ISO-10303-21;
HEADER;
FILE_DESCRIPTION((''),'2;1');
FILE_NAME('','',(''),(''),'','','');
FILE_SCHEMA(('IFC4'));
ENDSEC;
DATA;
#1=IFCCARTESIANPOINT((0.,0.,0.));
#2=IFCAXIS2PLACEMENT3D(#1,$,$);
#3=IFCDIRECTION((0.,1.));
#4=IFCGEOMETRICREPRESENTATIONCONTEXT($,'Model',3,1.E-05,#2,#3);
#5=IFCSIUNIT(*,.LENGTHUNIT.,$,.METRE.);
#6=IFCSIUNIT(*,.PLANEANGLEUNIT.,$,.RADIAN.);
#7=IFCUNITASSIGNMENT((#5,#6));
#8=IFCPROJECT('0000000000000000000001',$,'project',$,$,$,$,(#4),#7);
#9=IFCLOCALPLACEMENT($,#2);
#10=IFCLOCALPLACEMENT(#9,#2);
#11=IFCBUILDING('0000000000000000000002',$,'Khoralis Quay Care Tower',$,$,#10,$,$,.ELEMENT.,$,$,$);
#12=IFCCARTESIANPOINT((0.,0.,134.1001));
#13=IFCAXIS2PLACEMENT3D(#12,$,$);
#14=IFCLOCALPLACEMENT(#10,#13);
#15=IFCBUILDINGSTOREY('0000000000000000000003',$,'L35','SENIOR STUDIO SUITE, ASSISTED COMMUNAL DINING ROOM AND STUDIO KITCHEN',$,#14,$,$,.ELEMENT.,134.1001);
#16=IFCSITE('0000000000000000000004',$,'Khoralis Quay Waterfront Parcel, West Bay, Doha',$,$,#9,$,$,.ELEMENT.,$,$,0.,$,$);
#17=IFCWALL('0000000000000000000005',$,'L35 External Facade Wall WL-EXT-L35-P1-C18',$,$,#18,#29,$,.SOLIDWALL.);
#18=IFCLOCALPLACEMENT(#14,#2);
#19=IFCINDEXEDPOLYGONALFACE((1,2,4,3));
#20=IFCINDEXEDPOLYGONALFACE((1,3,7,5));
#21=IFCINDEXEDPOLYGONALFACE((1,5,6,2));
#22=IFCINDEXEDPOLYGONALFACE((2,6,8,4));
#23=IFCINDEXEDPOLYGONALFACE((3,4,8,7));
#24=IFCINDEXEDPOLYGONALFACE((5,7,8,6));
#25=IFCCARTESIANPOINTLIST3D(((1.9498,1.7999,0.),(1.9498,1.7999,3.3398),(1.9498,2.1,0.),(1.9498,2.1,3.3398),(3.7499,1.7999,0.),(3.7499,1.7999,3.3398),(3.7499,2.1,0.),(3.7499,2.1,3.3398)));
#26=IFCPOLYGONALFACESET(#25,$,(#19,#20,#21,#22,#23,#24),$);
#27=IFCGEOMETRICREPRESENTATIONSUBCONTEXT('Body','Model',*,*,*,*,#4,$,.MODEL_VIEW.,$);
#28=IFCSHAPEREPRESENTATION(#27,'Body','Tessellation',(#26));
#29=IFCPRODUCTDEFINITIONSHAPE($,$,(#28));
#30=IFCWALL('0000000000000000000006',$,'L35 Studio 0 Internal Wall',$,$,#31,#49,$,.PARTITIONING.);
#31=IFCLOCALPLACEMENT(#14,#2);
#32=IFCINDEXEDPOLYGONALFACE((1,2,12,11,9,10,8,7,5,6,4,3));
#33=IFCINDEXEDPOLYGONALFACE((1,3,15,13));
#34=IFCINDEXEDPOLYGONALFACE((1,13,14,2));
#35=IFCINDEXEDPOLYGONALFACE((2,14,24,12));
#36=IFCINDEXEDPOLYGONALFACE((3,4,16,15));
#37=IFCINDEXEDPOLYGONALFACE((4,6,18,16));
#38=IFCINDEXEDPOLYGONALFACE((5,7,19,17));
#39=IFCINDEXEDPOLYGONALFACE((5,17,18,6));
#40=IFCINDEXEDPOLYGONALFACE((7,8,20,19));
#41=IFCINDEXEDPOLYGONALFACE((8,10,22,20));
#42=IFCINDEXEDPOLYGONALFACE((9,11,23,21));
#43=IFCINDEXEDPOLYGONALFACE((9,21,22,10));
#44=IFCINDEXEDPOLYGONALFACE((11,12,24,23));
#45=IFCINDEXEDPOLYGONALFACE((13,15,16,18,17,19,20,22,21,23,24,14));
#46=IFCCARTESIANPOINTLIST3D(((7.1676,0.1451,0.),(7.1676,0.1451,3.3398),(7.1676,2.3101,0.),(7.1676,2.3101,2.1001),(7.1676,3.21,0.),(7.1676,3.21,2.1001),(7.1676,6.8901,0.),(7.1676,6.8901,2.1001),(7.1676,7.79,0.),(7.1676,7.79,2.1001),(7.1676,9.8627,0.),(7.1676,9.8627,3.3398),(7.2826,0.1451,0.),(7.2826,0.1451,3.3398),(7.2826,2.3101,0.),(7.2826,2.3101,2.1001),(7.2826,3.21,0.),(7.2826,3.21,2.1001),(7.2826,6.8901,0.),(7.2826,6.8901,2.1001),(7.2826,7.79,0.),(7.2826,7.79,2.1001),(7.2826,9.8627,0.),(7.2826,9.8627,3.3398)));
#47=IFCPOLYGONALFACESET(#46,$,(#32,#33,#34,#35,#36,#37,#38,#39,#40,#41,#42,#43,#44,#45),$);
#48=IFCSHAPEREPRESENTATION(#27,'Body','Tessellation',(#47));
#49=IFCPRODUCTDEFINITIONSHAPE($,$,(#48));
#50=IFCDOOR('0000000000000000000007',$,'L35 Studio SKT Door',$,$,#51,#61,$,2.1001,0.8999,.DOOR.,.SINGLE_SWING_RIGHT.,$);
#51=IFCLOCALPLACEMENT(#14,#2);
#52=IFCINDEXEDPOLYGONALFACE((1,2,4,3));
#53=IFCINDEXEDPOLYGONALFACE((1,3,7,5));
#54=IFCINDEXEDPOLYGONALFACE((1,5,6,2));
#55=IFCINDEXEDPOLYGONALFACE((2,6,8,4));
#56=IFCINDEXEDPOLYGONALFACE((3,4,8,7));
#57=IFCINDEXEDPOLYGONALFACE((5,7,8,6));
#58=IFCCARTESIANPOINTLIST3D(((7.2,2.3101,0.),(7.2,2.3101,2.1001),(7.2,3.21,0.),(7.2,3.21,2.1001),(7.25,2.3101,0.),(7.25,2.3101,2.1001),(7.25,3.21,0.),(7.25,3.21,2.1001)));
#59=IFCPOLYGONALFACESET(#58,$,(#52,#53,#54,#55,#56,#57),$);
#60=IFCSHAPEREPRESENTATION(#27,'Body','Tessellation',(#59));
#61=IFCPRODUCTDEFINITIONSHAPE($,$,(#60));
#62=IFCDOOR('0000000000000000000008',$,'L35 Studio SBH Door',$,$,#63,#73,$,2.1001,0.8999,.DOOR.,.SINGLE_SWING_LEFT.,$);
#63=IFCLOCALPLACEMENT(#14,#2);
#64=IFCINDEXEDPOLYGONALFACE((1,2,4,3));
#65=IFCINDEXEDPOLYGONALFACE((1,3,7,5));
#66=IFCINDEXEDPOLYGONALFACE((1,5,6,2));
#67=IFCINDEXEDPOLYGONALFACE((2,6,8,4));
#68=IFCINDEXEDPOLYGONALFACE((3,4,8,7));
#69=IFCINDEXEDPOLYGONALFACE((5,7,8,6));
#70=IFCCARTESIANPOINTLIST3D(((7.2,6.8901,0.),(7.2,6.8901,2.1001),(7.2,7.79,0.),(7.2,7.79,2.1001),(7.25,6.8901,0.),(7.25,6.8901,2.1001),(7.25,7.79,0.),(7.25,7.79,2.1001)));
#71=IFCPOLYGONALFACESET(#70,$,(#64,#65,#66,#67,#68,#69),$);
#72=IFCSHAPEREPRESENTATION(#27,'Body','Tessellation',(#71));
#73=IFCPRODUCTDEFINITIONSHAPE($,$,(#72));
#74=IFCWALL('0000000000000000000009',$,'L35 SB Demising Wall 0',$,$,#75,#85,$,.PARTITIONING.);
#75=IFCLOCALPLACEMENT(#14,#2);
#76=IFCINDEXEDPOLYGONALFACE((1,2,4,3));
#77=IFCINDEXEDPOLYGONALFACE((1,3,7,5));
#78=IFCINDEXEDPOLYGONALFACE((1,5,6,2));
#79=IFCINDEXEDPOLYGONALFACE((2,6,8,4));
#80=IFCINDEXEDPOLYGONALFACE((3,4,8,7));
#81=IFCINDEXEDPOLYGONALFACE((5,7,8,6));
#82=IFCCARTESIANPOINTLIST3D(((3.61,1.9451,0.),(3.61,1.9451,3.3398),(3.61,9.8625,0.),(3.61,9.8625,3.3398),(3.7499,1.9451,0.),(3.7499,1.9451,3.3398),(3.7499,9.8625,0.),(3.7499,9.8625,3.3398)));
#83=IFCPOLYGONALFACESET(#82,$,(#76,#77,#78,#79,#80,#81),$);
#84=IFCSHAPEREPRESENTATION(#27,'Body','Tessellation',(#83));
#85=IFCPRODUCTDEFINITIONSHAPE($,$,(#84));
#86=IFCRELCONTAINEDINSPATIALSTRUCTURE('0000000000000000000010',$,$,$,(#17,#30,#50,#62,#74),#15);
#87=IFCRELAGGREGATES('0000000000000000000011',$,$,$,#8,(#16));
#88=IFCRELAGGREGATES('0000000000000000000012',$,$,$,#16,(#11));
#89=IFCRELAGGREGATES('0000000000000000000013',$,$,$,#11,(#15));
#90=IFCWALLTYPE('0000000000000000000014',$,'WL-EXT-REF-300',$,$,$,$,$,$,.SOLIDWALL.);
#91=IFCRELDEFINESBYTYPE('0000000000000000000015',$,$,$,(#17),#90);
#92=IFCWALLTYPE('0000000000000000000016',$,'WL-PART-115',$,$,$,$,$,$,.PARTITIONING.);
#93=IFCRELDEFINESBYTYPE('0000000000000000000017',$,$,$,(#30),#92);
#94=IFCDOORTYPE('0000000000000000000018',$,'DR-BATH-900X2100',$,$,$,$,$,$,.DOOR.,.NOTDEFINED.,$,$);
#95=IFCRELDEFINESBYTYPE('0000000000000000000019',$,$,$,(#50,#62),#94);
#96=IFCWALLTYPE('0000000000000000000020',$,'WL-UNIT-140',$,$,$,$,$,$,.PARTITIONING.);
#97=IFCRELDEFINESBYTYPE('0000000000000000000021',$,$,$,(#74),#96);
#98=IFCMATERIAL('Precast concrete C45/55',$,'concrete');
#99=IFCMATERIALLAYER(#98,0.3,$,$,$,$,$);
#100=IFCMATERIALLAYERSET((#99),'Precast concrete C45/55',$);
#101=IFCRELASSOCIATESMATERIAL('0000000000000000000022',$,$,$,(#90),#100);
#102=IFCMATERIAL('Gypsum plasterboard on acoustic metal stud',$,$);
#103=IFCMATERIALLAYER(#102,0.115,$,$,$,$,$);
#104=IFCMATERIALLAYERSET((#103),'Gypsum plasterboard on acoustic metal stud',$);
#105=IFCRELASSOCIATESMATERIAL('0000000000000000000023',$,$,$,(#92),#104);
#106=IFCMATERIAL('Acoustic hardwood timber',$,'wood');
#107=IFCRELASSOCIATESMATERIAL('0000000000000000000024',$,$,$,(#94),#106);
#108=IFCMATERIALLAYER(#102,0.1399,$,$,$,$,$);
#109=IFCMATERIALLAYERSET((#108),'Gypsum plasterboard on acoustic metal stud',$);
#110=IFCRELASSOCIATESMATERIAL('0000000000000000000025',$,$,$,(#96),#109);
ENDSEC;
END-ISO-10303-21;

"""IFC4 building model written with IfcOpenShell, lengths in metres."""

from ifc_helpers import new_model, si_unit, direction, frame, frame_2d, origin, place, context, subcontext, project, spatial, rectangle, extrude, source, transform, mapped, material, layer, layer_set, type_object, element, fill, save


model = new_model("IFC4")

# Units and contexts
model_context = context("Model", 3, precision=1e-05, world=origin(), true_north=direction((0.0, 1.0)))
body_context = subcontext(model_context, "Body", "Model", "MODEL_VIEW")
ifc_project = project(units=[si_unit("LENGTHUNIT", "METRE"), si_unit("PLANEANGLEUNIT", "RADIAN")], contexts=[model_context])

# Site, building, storey
site_placement = place(None, origin())
site = spatial("IfcSite", under=ifc_project, at=site_placement, Name="Khoralis Quay Waterfront Parcel, West Bay, Doha", CompositionType="ELEMENT", RefElevation=0.0)
building_placement = place(site_placement, origin())
building = spatial("IfcBuilding", under=site, at=building_placement, Name="Khoralis Quay Care Tower", CompositionType="ELEMENT")
storey_placement = place(building_placement, frame((0.0, 0.0, 134.1001)))
storey = spatial("IfcBuildingStorey", under=building, at=storey_placement, Name="L35", Description="SENIOR STUDIO SUITE, ASSISTED COMMUNAL DINING ROOM AND STUDIO KITCHEN", CompositionType="ELEMENT", Elevation=134.1001)

# Shared definitions
ifc_material_1 = material(Name="Precast concrete C45/55", Category="concrete")

# Shared definitions
ifc_layer_1 = layer(ifc_material_1, 0.3)
ifc_layer_set_1 = layer_set([ifc_layer_1], Name="Precast concrete C45/55")
wall_type_1 = type_object("IfcWallType", Name="WL-EXT-REF-300", PredefinedType="SOLIDWALL", material=ifc_layer_set_1)

# Wall
wall_1_placement = place(storey_placement, frame((1.95, 1.95, 0.0), z_axis=(0.0, 0.0, 1.0), x_axis=(1.0, 0.0, 0.0)))
element("IfcWall", 1, at=wall_1_placement, inside=storey, type_object=wall_type_1, Name="L35 External Facade Wall WL-EXT-L35-P1-C18", PredefinedType="SOLIDWALL", context=body_context, shape_type="SweptSolid", body=[
    extrude(rectangle(XDim=1.8, YDim=0.3, at=frame_2d((0.8999, 0.0))), origin(), (0.0, 0.0, 1.0), 3.3398),
])

# Wall, openings, doors
ifc_material_2 = material(Name="Gypsum plasterboard on acoustic metal stud")
ifc_layer_2 = layer(ifc_material_2, 0.115)
ifc_layer_set_2 = layer_set([ifc_layer_2], Name="Gypsum plasterboard on acoustic metal stud")
wall_type_2 = type_object("IfcWallType", Name="WL-PART-115", PredefinedType="PARTITIONING", material=ifc_layer_set_2)
wall_2_placement = place(storey_placement, frame((7.2251, 0.145, 0.0), z_axis=(0.0, 0.0, 1.0), x_axis=(0.0, 1.0, 0.0)))
wall_2 = element("IfcWall", 2, at=wall_2_placement, inside=storey, type_object=wall_type_2, Name="L35 Studio 0 Internal Wall", PredefinedType="PARTITIONING", context=body_context, shape_type="SweptSolid", body=[
    extrude(rectangle(XDim=9.7175, YDim=0.115, at=frame_2d((4.8589, 0.0))), origin(), (0.0, 0.0, 1.0), 3.3398),
])
opening_1_placement = place(wall_2_placement, frame((2.165, 0.0, 0.0)))
opening_1 = element("IfcOpeningElement", 3, at=opening_1_placement, cuts=wall_2, PredefinedType="OPENING", context=body_context, shape_type="SweptSolid", body=[
    extrude(rectangle(XDim=0.8999, YDim=2.1001, at=frame_2d((0.45, 1.05))), frame((0.0, 0.0674, 0.0), z_axis=(0.0, -1.0, 0.0), x_axis=(1.0, 0.0, 0.0)), (0.0, 0.0, 1.0), 0.135),
])
opening_2_placement = place(wall_2_placement, frame((6.7451, 0.0, 0.0)))
opening_2 = element("IfcOpeningElement", 4, at=opening_2_placement, cuts=wall_2, PredefinedType="OPENING", context=body_context, shape_type="SweptSolid", body=[
    extrude(rectangle(XDim=0.8999, YDim=2.1001, at=frame_2d((0.45, 1.05))), frame((0.0, 0.0674, 0.0), z_axis=(0.0, -1.0, 0.0), x_axis=(1.0, 0.0, 0.0)), (0.0, 0.0, 1.0), 0.135),
])
ifc_material_3 = material(Name="Acoustic hardwood timber", Category="wood")
door_type = type_object("IfcDoorType", Name="DR-BATH-900X2100", OperationType="NOTDEFINED", PredefinedType="DOOR", material=ifc_material_3)
shared_shape_1 = source(origin(), body_context, "Body", "SweptSolid", [
    extrude(rectangle(XDim=0.8999, YDim=2.1001, at=frame_2d((0.45, 1.05))), frame((0.0, 0.0249, 0.0), z_axis=(0.0, -1.0, 0.0), x_axis=(1.0, 0.0, 0.0)), (0.0, 0.0, 1.0), 0.05),
])
door_1_placement = place(opening_1_placement, frame((0.8999, 0.0, 0.0), z_axis=(0.0, 0.0, 1.0), x_axis=(-1.0, 0.0, 0.0)))
door_1 = element("IfcDoor", 5, at=door_1_placement, inside=storey, type_object=door_type, Name="L35 Studio SKT Door", OperationType="SINGLE_SWING_RIGHT", OverallHeight=2.1001, OverallWidth=0.8999, PredefinedType="DOOR", context=body_context, shape_type="MappedRepresentation", body=[
    mapped(shared_shape_1, transform((0.0, 0.0, 0.0), scale=1.0)),
])
fill(opening_1, door_1)
door_2_placement = place(opening_2_placement, frame((0.8999, 0.0, 0.0), z_axis=(0.0, 0.0, 1.0), x_axis=(-1.0, 0.0, 0.0)))
door_2 = element("IfcDoor", 6, at=door_2_placement, inside=storey, type_object=door_type, Name="L35 Studio SBH Door", OperationType="SINGLE_SWING_LEFT", OverallHeight=2.1001, OverallWidth=0.8999, PredefinedType="DOOR", context=body_context, shape_type="MappedRepresentation", body=[
    mapped(shared_shape_1, transform((0.0, 0.0, 0.0), scale=1.0)),
])
fill(opening_2, door_2)

# Wall
ifc_layer_3 = layer(ifc_material_2, 0.1399)
ifc_layer_set_3 = layer_set([ifc_layer_3], Name="Gypsum plasterboard on acoustic metal stud")
wall_type_3 = type_object("IfcWallType", Name="WL-UNIT-140", PredefinedType="PARTITIONING", material=ifc_layer_set_3)
wall_3_placement = place(storey_placement, frame((3.6799, 1.9451, 0.0), z_axis=(0.0, 0.0, 1.0), x_axis=(0.0, 1.0, 0.0)))
element("IfcWall", 7, at=wall_3_placement, inside=storey, type_object=wall_type_3, Name="L35 SB Demising Wall 0", PredefinedType="PARTITIONING", context=body_context, shape_type="SweptSolid", body=[
    extrude(rectangle(XDim=7.9175, YDim=0.1399, at=frame_2d((3.9587, 0.0))), origin(), (0.0, 0.0, 1.0), 3.3398),
])

save(model, "model.ifc")
